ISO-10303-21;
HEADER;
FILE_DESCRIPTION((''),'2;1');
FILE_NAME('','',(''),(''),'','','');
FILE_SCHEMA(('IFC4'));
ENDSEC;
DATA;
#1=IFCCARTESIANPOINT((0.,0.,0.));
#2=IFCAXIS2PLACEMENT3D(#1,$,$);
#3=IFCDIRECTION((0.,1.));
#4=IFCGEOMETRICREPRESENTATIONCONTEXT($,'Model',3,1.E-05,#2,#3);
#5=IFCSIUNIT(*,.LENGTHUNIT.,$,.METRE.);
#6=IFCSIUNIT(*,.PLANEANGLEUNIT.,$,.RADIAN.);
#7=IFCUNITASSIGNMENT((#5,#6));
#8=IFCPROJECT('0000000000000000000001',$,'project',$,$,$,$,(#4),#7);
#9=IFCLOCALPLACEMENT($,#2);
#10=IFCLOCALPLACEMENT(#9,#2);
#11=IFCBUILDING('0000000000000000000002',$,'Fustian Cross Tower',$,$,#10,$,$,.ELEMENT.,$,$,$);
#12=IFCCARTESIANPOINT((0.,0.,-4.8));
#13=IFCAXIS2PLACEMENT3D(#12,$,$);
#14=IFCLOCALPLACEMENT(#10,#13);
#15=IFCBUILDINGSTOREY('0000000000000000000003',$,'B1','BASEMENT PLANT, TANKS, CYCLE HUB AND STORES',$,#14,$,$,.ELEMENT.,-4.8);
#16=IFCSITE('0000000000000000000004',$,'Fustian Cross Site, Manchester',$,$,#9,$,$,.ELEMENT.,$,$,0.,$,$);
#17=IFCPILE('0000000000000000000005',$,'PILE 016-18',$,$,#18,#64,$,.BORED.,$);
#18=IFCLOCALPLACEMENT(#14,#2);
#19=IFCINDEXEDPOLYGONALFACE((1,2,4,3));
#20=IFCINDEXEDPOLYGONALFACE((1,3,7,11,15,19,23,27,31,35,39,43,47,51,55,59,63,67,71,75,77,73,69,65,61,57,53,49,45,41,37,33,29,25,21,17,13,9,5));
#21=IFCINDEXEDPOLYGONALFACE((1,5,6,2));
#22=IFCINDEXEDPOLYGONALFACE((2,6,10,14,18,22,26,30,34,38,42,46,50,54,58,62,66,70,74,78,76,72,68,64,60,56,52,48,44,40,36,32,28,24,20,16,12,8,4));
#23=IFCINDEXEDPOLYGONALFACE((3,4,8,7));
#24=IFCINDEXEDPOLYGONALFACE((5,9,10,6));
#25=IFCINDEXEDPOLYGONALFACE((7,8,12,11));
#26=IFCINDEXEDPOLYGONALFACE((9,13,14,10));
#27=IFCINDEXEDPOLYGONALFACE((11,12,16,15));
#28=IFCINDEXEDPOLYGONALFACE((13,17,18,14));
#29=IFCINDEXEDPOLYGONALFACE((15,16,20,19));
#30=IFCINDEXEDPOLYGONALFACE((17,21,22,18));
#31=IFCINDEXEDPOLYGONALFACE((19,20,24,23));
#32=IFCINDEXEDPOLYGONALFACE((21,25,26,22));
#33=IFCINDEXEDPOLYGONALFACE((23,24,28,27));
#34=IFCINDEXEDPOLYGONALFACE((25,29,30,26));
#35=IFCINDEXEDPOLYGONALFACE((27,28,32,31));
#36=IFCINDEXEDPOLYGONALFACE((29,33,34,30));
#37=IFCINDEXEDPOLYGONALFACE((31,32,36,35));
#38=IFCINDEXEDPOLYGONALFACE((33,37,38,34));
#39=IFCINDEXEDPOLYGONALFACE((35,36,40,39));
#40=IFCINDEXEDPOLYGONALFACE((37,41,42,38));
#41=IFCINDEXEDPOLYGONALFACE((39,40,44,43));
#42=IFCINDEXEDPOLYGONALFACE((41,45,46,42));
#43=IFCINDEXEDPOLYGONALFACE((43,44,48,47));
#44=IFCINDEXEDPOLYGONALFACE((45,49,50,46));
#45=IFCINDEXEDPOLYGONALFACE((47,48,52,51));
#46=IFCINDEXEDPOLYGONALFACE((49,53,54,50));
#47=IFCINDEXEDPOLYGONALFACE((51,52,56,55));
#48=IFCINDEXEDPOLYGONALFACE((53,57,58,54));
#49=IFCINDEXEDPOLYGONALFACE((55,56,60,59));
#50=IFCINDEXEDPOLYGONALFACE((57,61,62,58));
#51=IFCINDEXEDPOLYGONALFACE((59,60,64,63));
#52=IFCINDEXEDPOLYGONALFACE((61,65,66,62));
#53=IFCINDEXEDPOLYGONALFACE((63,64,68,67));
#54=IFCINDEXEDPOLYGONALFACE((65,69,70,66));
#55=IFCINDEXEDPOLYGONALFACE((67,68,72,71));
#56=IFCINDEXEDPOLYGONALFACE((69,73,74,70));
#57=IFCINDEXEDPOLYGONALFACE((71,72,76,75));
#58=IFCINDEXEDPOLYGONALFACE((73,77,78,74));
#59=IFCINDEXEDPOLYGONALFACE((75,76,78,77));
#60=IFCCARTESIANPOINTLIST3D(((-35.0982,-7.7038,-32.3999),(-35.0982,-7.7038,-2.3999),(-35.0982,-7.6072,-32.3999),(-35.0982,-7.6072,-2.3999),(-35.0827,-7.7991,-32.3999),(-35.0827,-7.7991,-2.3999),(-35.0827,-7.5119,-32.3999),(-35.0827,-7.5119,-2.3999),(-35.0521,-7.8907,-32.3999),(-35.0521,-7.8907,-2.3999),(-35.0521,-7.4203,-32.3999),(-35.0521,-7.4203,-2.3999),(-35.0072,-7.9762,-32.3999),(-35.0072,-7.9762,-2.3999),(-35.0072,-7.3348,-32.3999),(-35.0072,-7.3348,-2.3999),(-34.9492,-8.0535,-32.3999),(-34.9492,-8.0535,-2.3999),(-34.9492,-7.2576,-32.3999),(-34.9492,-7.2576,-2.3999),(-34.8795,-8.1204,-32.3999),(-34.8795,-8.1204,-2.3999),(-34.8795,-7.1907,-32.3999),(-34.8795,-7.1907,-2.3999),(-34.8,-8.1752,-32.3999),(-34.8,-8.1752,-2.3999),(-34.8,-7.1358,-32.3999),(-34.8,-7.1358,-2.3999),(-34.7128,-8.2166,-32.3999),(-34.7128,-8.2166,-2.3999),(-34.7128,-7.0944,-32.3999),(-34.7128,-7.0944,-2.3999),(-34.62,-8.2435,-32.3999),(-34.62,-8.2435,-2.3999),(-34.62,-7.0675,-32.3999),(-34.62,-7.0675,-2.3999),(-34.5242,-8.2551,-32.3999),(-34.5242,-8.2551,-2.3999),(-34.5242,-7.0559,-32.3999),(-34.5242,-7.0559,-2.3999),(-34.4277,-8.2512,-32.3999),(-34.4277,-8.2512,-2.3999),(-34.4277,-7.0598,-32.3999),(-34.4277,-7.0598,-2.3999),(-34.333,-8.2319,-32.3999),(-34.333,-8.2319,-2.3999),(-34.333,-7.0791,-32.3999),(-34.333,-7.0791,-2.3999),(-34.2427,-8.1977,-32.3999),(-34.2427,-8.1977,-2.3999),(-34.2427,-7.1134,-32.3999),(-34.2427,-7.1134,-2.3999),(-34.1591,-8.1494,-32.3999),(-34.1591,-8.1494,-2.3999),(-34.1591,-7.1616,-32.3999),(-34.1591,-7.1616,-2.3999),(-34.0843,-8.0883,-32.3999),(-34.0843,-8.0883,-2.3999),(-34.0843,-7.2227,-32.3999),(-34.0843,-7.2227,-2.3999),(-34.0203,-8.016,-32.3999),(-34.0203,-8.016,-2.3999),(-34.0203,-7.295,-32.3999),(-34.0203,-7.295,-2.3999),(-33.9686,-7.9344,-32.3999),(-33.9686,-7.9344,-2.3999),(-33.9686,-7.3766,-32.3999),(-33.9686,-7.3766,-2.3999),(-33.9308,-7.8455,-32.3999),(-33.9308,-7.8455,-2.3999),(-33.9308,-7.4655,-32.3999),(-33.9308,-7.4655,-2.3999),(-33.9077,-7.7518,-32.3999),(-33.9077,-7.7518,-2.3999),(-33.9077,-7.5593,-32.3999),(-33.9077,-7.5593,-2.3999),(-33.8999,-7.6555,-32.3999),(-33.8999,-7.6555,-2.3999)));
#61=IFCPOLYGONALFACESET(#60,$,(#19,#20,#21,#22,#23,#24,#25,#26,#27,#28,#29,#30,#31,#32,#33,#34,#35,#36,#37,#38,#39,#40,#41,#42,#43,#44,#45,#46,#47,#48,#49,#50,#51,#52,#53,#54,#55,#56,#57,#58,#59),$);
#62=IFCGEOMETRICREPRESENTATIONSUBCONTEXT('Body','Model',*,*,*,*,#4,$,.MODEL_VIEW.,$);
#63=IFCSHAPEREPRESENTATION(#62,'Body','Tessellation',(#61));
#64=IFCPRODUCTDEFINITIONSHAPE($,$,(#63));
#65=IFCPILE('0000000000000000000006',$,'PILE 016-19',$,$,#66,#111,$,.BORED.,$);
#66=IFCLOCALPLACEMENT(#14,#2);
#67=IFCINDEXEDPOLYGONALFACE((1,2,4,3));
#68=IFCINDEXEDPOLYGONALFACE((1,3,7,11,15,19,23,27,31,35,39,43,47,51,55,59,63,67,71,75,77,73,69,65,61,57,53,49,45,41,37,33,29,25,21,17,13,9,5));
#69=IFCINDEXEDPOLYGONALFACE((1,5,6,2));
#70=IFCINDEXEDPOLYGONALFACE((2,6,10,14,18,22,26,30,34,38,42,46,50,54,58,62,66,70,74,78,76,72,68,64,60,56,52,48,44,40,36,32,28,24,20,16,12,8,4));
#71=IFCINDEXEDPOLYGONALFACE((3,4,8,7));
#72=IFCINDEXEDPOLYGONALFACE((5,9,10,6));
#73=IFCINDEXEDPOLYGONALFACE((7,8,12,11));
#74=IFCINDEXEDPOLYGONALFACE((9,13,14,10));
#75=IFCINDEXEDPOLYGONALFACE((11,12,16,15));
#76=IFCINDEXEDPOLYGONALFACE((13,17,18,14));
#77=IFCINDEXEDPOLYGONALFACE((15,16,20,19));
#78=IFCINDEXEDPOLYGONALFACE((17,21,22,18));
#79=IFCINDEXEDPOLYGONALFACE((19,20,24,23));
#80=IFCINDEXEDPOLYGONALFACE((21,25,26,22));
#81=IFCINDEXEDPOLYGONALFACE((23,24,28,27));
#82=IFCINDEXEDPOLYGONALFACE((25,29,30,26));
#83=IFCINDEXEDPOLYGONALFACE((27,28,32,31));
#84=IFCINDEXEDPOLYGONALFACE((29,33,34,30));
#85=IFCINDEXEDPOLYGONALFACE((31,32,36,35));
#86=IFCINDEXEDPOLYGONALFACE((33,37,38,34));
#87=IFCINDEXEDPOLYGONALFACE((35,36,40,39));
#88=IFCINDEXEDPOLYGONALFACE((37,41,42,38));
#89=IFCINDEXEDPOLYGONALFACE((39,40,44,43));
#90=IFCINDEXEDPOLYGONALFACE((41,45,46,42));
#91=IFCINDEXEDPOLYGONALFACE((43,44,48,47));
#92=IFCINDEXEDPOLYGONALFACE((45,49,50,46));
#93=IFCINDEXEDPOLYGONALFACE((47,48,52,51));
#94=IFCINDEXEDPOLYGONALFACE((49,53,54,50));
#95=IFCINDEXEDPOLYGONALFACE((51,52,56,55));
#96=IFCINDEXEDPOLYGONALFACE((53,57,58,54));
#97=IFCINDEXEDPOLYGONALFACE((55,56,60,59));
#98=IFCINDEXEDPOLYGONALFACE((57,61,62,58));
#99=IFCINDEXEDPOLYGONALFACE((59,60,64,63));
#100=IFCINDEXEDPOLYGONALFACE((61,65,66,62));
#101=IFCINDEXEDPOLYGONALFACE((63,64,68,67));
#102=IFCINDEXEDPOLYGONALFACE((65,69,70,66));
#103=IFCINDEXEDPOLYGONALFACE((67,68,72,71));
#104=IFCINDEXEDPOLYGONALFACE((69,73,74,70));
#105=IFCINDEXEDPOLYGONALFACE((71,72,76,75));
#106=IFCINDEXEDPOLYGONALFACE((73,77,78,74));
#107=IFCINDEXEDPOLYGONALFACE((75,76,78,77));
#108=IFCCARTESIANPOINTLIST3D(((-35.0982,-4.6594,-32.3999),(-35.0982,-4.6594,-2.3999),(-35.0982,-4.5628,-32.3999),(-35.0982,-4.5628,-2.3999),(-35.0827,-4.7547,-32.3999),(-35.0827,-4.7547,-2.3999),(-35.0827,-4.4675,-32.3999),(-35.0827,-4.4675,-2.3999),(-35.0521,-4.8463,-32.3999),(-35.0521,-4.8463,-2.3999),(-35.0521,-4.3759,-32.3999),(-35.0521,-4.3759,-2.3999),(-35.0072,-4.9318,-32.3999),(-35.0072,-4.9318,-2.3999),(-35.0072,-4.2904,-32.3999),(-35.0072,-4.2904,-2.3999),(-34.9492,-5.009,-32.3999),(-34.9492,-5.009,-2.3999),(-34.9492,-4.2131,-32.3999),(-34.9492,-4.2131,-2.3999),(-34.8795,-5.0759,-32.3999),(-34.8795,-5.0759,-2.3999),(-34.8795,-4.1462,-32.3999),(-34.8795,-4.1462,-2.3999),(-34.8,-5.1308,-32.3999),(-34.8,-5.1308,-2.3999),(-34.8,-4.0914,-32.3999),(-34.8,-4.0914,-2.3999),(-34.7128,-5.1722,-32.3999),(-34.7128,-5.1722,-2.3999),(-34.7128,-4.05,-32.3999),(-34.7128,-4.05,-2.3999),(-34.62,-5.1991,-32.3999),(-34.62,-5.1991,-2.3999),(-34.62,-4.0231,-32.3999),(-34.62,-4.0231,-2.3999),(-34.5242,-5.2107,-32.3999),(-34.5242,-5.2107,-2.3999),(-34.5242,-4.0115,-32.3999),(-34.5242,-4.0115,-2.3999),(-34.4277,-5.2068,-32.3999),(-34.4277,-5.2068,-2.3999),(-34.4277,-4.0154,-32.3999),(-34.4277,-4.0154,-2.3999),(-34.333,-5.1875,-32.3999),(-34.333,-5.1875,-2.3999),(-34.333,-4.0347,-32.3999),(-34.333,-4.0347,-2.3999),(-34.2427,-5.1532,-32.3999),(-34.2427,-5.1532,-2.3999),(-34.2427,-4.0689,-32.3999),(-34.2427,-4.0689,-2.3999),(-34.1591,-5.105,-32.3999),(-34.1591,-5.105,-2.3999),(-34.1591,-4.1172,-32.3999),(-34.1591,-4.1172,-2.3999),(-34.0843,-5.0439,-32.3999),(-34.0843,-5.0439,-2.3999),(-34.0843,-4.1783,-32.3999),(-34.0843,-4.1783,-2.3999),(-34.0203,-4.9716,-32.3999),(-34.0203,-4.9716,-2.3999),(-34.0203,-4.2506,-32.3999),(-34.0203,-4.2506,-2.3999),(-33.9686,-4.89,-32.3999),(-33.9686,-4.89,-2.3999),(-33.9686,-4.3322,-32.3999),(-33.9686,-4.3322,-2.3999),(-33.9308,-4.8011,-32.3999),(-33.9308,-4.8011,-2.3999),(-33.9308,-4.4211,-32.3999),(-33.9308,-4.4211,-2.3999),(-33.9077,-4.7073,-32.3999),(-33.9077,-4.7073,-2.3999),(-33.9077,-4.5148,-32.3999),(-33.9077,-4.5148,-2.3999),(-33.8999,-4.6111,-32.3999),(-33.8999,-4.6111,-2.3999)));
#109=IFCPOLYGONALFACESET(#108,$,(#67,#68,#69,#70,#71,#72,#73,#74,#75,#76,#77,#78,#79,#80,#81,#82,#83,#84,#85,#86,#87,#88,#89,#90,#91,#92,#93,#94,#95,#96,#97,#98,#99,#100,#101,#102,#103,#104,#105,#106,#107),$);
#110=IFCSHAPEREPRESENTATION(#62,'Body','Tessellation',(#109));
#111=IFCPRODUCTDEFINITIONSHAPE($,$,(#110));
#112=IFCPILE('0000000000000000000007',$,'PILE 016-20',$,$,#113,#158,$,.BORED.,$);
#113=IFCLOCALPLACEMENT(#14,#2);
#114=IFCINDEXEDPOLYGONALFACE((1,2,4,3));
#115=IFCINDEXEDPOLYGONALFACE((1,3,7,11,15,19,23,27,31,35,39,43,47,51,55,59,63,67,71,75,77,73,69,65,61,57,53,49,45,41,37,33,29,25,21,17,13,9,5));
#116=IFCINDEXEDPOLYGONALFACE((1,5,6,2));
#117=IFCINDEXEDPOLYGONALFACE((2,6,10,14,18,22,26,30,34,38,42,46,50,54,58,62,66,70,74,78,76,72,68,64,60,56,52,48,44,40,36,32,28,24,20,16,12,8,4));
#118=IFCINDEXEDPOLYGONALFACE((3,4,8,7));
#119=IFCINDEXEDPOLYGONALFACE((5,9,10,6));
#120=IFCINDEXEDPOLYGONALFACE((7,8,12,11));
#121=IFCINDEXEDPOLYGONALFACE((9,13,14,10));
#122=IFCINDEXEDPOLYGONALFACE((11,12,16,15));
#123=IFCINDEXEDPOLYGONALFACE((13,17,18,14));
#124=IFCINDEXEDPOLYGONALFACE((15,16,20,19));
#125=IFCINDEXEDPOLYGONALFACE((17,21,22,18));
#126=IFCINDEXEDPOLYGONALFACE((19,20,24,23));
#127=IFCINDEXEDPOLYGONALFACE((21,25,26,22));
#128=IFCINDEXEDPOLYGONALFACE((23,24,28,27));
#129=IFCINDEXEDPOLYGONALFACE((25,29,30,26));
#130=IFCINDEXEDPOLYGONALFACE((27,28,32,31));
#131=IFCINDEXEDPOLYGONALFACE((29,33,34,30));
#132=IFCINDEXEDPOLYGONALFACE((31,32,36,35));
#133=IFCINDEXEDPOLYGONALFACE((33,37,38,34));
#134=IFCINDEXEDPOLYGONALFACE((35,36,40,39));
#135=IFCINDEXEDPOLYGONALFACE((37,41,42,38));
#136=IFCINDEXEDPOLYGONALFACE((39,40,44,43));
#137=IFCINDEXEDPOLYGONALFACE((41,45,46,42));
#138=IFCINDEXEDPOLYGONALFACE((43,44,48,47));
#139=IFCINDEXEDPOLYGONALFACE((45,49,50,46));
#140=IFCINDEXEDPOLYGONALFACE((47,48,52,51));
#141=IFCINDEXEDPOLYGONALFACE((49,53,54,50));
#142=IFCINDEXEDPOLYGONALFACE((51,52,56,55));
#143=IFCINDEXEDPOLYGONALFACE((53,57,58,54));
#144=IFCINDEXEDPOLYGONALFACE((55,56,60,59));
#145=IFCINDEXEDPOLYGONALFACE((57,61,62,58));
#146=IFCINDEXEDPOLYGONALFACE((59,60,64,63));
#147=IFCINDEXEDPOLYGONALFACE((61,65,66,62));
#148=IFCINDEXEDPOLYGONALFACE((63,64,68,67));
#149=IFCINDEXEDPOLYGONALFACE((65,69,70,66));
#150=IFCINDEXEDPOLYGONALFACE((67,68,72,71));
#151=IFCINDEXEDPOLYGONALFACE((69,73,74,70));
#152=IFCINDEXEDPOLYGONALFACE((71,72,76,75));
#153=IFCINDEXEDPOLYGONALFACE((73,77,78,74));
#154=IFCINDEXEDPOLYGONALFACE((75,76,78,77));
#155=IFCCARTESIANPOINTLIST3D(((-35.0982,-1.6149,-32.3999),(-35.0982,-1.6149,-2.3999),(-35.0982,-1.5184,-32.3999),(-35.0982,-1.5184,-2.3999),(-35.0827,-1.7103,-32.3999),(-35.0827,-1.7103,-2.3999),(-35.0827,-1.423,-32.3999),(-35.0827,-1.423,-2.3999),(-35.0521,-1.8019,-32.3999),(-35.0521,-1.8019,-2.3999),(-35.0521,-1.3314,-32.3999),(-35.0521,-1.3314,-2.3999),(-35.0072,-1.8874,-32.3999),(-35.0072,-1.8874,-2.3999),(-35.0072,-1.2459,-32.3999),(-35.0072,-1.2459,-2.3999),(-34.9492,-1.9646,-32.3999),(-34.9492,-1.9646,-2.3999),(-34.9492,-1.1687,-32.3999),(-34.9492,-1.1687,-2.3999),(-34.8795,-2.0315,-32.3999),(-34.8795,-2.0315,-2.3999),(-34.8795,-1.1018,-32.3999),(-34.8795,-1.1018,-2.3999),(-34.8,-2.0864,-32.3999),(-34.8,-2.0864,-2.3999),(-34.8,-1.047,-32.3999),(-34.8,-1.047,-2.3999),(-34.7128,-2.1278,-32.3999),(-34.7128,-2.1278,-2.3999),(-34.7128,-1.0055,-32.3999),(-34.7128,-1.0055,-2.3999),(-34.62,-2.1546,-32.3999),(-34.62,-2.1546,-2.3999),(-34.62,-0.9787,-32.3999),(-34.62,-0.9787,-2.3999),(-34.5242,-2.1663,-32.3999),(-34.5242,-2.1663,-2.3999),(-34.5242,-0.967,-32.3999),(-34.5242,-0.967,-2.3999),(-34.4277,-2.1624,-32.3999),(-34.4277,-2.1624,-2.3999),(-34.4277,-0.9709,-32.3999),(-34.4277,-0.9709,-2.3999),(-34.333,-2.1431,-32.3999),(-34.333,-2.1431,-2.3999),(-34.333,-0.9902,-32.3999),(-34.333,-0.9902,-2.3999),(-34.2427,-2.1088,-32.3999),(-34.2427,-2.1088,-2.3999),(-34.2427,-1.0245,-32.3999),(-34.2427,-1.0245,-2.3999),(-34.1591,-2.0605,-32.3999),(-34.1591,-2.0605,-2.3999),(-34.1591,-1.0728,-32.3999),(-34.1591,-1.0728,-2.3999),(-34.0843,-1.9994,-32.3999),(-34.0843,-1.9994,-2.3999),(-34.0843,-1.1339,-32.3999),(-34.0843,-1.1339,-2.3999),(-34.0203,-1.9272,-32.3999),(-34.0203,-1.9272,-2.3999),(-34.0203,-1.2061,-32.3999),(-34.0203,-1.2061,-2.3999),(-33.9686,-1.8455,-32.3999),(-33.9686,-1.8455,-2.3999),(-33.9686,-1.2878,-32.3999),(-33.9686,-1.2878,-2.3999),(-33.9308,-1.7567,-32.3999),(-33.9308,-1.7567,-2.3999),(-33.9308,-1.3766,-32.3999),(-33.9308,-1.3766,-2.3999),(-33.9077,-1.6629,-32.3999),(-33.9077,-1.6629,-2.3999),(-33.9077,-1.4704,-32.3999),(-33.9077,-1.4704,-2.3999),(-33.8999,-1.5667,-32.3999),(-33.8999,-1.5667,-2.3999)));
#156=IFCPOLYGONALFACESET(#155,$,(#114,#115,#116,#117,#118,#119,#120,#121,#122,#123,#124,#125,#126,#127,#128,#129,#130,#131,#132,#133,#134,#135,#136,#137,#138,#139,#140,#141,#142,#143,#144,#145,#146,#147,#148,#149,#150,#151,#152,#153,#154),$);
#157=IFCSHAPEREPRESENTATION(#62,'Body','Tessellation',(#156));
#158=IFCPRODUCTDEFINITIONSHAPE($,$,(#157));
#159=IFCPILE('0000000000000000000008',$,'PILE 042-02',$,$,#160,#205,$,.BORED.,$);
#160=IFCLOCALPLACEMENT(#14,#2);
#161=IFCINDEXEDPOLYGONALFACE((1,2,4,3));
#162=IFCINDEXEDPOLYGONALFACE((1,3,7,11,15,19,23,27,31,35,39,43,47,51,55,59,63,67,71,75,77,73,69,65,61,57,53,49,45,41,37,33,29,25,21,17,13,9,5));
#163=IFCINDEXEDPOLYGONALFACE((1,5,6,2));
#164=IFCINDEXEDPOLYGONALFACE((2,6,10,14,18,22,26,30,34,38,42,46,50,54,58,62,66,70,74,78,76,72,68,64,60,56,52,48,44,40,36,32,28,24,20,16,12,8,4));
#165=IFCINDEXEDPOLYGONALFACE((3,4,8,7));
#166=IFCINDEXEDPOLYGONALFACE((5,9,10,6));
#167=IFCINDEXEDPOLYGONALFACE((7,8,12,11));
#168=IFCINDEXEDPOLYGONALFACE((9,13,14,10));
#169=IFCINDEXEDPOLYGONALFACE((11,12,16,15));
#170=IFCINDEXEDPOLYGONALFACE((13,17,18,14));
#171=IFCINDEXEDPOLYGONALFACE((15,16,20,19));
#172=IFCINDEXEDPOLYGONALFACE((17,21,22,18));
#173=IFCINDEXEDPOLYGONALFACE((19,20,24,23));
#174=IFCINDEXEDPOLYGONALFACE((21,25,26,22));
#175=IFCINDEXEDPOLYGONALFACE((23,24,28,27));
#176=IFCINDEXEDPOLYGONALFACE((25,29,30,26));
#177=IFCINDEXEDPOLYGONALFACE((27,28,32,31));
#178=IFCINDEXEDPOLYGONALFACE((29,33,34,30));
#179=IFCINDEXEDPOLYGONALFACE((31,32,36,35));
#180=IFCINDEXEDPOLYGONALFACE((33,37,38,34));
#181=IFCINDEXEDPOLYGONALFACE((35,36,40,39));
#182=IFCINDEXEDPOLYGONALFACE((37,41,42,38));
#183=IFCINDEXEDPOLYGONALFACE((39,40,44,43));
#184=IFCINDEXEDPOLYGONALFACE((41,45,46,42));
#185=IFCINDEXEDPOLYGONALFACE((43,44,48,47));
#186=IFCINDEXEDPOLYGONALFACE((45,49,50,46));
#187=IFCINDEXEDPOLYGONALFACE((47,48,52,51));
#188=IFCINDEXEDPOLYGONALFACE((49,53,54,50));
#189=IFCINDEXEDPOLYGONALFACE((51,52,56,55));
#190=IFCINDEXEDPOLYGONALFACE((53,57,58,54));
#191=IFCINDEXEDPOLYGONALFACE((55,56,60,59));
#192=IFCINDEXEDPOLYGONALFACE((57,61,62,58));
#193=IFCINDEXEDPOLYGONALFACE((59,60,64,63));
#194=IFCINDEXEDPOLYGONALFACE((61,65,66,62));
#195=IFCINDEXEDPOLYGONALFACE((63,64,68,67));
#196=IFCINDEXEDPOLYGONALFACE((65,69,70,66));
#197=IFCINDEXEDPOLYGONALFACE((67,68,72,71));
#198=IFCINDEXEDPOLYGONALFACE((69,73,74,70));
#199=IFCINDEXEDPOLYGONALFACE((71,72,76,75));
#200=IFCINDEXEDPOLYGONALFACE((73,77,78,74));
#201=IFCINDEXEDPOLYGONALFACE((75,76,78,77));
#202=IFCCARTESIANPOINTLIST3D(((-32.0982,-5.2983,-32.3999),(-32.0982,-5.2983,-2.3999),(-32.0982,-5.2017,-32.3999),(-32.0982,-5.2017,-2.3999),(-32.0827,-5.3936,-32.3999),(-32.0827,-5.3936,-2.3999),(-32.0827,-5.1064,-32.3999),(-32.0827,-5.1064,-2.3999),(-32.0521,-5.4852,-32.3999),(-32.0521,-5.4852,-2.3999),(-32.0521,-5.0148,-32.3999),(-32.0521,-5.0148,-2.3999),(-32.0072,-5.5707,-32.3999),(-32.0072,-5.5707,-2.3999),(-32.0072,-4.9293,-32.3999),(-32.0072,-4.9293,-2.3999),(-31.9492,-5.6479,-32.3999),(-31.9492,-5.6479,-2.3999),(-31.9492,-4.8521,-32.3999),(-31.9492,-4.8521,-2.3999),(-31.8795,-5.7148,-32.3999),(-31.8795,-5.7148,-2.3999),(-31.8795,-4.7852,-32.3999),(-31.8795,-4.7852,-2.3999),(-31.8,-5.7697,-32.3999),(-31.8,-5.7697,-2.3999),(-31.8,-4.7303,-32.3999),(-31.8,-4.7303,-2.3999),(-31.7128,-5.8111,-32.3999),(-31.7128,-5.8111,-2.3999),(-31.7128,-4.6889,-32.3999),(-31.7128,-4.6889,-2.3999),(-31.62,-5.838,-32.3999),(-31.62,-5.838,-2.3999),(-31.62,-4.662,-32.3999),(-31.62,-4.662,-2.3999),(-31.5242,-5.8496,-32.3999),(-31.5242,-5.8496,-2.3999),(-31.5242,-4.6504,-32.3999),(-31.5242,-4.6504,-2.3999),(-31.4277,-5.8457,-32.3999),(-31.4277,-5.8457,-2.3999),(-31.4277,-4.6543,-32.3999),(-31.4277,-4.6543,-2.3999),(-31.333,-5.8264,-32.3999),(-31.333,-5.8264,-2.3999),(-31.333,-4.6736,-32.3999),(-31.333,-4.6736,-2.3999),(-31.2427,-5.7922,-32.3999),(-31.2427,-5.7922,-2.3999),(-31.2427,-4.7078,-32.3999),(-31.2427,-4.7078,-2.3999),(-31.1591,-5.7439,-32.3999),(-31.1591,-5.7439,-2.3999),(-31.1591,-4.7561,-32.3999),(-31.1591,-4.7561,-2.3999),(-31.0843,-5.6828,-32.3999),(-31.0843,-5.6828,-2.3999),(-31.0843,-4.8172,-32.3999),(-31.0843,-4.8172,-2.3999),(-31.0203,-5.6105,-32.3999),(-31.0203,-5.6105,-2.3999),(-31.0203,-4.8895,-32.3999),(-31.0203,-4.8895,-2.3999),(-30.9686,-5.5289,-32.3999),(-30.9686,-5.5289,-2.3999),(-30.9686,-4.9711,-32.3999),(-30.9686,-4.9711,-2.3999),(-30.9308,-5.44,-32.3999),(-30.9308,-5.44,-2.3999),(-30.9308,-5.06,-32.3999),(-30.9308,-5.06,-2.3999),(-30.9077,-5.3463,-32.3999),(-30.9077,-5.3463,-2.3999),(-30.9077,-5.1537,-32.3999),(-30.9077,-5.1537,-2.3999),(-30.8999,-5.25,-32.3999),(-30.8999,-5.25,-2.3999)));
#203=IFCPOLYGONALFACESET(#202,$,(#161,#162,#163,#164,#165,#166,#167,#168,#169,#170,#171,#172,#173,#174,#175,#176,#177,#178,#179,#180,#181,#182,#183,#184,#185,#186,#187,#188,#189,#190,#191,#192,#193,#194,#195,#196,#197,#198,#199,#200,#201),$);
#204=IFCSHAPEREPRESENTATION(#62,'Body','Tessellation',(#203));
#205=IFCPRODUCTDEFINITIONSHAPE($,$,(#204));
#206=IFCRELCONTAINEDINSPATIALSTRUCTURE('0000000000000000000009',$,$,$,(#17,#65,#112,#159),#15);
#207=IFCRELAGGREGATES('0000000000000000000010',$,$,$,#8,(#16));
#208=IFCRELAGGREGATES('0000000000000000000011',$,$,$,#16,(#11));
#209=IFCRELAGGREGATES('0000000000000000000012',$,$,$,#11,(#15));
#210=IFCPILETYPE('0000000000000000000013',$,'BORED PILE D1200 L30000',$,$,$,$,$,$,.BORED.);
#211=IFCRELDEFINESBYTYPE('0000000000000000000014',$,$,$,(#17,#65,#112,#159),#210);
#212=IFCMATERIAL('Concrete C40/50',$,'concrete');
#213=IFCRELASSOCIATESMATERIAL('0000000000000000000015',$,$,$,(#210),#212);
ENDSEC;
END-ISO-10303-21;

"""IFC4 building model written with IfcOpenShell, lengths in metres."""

from ifc_helpers import new_model, si_unit, direction, frame, origin, origin_2d, place, context, subcontext, project, spatial, circle, extrude, material, material_profile, profile_set, type_object, element, save


model = new_model("IFC4")

# Units and contexts
model_context = context("Model", 3, precision=1e-05, world=origin(), true_north=direction((0.0, 1.0)))
body_context = subcontext(model_context, "Body", "Model", "MODEL_VIEW")
ifc_project = project(units=[si_unit("LENGTHUNIT", "METRE"), si_unit("PLANEANGLEUNIT", "RADIAN")], contexts=[model_context])

# Site, building, storey
site_placement = place(None, origin())
site = spatial("IfcSite", under=ifc_project, at=site_placement, Name="Fustian Cross Site, Manchester", CompositionType="ELEMENT", RefElevation=0.0)
building_placement = place(site_placement, origin())
building = spatial("IfcBuilding", under=site, at=building_placement, Name="Fustian Cross Tower", CompositionType="ELEMENT")
storey_placement = place(building_placement, frame((0.0, 0.0, -4.8)))
storey = spatial("IfcBuildingStorey", under=building, at=storey_placement, Name="B1", Description="BASEMENT PLANT, TANKS, CYCLE HUB AND STORES", CompositionType="ELEMENT", Elevation=-4.8)

# Piles
ifc_material_1 = material(Name="Concrete C40/50", Category="concrete")
ifc_material_profile_1 = material_profile(ifc_material_1, circle(Radius=0.6001, at=origin_2d()), Name="BORED PILE D1200 L30000")
ifc_profile_set_1 = profile_set([ifc_material_profile_1], Name="Concrete C40/50")
pile_type = type_object("IfcPileType", Name="BORED PILE D1200 L30000", PredefinedType="BORED", material=ifc_profile_set_1)
for number, where, z_axis, x_axis, name in (
    (1, (-34.5, -7.6555, -2.3999), (0.0, 0.0, -1.0), (1.0, 0.0, 0.0), "PILE 016-18"),
    (2, (-34.5, -4.6111, -2.3999), (0.0, 0.0, -1.0), (1.0, 0.0, 0.0), "PILE 016-19"),
    (3, (-34.5, -1.5667, -2.3999), (0.0, 0.0, -1.0), (1.0, 0.0, 0.0), "PILE 016-20"),
    (4, (-31.5, -5.25, -2.3999), (0.0, 0.0, -1.0), (1.0, 0.0, 0.0), "PILE 042-02"),
):
    element("IfcPile", number, at=place(storey_placement, frame(where, z_axis=z_axis, x_axis=x_axis)), inside=storey, type_object=pile_type, Name=name, PredefinedType="BORED", context=body_context, shape_type="SweptSolid", body=[
        extrude(circle(Radius=0.6001, at=origin_2d()), origin(), (0.0, 0.0, 1.0), 30.0),
    ])

save(model, "model.ifc")
